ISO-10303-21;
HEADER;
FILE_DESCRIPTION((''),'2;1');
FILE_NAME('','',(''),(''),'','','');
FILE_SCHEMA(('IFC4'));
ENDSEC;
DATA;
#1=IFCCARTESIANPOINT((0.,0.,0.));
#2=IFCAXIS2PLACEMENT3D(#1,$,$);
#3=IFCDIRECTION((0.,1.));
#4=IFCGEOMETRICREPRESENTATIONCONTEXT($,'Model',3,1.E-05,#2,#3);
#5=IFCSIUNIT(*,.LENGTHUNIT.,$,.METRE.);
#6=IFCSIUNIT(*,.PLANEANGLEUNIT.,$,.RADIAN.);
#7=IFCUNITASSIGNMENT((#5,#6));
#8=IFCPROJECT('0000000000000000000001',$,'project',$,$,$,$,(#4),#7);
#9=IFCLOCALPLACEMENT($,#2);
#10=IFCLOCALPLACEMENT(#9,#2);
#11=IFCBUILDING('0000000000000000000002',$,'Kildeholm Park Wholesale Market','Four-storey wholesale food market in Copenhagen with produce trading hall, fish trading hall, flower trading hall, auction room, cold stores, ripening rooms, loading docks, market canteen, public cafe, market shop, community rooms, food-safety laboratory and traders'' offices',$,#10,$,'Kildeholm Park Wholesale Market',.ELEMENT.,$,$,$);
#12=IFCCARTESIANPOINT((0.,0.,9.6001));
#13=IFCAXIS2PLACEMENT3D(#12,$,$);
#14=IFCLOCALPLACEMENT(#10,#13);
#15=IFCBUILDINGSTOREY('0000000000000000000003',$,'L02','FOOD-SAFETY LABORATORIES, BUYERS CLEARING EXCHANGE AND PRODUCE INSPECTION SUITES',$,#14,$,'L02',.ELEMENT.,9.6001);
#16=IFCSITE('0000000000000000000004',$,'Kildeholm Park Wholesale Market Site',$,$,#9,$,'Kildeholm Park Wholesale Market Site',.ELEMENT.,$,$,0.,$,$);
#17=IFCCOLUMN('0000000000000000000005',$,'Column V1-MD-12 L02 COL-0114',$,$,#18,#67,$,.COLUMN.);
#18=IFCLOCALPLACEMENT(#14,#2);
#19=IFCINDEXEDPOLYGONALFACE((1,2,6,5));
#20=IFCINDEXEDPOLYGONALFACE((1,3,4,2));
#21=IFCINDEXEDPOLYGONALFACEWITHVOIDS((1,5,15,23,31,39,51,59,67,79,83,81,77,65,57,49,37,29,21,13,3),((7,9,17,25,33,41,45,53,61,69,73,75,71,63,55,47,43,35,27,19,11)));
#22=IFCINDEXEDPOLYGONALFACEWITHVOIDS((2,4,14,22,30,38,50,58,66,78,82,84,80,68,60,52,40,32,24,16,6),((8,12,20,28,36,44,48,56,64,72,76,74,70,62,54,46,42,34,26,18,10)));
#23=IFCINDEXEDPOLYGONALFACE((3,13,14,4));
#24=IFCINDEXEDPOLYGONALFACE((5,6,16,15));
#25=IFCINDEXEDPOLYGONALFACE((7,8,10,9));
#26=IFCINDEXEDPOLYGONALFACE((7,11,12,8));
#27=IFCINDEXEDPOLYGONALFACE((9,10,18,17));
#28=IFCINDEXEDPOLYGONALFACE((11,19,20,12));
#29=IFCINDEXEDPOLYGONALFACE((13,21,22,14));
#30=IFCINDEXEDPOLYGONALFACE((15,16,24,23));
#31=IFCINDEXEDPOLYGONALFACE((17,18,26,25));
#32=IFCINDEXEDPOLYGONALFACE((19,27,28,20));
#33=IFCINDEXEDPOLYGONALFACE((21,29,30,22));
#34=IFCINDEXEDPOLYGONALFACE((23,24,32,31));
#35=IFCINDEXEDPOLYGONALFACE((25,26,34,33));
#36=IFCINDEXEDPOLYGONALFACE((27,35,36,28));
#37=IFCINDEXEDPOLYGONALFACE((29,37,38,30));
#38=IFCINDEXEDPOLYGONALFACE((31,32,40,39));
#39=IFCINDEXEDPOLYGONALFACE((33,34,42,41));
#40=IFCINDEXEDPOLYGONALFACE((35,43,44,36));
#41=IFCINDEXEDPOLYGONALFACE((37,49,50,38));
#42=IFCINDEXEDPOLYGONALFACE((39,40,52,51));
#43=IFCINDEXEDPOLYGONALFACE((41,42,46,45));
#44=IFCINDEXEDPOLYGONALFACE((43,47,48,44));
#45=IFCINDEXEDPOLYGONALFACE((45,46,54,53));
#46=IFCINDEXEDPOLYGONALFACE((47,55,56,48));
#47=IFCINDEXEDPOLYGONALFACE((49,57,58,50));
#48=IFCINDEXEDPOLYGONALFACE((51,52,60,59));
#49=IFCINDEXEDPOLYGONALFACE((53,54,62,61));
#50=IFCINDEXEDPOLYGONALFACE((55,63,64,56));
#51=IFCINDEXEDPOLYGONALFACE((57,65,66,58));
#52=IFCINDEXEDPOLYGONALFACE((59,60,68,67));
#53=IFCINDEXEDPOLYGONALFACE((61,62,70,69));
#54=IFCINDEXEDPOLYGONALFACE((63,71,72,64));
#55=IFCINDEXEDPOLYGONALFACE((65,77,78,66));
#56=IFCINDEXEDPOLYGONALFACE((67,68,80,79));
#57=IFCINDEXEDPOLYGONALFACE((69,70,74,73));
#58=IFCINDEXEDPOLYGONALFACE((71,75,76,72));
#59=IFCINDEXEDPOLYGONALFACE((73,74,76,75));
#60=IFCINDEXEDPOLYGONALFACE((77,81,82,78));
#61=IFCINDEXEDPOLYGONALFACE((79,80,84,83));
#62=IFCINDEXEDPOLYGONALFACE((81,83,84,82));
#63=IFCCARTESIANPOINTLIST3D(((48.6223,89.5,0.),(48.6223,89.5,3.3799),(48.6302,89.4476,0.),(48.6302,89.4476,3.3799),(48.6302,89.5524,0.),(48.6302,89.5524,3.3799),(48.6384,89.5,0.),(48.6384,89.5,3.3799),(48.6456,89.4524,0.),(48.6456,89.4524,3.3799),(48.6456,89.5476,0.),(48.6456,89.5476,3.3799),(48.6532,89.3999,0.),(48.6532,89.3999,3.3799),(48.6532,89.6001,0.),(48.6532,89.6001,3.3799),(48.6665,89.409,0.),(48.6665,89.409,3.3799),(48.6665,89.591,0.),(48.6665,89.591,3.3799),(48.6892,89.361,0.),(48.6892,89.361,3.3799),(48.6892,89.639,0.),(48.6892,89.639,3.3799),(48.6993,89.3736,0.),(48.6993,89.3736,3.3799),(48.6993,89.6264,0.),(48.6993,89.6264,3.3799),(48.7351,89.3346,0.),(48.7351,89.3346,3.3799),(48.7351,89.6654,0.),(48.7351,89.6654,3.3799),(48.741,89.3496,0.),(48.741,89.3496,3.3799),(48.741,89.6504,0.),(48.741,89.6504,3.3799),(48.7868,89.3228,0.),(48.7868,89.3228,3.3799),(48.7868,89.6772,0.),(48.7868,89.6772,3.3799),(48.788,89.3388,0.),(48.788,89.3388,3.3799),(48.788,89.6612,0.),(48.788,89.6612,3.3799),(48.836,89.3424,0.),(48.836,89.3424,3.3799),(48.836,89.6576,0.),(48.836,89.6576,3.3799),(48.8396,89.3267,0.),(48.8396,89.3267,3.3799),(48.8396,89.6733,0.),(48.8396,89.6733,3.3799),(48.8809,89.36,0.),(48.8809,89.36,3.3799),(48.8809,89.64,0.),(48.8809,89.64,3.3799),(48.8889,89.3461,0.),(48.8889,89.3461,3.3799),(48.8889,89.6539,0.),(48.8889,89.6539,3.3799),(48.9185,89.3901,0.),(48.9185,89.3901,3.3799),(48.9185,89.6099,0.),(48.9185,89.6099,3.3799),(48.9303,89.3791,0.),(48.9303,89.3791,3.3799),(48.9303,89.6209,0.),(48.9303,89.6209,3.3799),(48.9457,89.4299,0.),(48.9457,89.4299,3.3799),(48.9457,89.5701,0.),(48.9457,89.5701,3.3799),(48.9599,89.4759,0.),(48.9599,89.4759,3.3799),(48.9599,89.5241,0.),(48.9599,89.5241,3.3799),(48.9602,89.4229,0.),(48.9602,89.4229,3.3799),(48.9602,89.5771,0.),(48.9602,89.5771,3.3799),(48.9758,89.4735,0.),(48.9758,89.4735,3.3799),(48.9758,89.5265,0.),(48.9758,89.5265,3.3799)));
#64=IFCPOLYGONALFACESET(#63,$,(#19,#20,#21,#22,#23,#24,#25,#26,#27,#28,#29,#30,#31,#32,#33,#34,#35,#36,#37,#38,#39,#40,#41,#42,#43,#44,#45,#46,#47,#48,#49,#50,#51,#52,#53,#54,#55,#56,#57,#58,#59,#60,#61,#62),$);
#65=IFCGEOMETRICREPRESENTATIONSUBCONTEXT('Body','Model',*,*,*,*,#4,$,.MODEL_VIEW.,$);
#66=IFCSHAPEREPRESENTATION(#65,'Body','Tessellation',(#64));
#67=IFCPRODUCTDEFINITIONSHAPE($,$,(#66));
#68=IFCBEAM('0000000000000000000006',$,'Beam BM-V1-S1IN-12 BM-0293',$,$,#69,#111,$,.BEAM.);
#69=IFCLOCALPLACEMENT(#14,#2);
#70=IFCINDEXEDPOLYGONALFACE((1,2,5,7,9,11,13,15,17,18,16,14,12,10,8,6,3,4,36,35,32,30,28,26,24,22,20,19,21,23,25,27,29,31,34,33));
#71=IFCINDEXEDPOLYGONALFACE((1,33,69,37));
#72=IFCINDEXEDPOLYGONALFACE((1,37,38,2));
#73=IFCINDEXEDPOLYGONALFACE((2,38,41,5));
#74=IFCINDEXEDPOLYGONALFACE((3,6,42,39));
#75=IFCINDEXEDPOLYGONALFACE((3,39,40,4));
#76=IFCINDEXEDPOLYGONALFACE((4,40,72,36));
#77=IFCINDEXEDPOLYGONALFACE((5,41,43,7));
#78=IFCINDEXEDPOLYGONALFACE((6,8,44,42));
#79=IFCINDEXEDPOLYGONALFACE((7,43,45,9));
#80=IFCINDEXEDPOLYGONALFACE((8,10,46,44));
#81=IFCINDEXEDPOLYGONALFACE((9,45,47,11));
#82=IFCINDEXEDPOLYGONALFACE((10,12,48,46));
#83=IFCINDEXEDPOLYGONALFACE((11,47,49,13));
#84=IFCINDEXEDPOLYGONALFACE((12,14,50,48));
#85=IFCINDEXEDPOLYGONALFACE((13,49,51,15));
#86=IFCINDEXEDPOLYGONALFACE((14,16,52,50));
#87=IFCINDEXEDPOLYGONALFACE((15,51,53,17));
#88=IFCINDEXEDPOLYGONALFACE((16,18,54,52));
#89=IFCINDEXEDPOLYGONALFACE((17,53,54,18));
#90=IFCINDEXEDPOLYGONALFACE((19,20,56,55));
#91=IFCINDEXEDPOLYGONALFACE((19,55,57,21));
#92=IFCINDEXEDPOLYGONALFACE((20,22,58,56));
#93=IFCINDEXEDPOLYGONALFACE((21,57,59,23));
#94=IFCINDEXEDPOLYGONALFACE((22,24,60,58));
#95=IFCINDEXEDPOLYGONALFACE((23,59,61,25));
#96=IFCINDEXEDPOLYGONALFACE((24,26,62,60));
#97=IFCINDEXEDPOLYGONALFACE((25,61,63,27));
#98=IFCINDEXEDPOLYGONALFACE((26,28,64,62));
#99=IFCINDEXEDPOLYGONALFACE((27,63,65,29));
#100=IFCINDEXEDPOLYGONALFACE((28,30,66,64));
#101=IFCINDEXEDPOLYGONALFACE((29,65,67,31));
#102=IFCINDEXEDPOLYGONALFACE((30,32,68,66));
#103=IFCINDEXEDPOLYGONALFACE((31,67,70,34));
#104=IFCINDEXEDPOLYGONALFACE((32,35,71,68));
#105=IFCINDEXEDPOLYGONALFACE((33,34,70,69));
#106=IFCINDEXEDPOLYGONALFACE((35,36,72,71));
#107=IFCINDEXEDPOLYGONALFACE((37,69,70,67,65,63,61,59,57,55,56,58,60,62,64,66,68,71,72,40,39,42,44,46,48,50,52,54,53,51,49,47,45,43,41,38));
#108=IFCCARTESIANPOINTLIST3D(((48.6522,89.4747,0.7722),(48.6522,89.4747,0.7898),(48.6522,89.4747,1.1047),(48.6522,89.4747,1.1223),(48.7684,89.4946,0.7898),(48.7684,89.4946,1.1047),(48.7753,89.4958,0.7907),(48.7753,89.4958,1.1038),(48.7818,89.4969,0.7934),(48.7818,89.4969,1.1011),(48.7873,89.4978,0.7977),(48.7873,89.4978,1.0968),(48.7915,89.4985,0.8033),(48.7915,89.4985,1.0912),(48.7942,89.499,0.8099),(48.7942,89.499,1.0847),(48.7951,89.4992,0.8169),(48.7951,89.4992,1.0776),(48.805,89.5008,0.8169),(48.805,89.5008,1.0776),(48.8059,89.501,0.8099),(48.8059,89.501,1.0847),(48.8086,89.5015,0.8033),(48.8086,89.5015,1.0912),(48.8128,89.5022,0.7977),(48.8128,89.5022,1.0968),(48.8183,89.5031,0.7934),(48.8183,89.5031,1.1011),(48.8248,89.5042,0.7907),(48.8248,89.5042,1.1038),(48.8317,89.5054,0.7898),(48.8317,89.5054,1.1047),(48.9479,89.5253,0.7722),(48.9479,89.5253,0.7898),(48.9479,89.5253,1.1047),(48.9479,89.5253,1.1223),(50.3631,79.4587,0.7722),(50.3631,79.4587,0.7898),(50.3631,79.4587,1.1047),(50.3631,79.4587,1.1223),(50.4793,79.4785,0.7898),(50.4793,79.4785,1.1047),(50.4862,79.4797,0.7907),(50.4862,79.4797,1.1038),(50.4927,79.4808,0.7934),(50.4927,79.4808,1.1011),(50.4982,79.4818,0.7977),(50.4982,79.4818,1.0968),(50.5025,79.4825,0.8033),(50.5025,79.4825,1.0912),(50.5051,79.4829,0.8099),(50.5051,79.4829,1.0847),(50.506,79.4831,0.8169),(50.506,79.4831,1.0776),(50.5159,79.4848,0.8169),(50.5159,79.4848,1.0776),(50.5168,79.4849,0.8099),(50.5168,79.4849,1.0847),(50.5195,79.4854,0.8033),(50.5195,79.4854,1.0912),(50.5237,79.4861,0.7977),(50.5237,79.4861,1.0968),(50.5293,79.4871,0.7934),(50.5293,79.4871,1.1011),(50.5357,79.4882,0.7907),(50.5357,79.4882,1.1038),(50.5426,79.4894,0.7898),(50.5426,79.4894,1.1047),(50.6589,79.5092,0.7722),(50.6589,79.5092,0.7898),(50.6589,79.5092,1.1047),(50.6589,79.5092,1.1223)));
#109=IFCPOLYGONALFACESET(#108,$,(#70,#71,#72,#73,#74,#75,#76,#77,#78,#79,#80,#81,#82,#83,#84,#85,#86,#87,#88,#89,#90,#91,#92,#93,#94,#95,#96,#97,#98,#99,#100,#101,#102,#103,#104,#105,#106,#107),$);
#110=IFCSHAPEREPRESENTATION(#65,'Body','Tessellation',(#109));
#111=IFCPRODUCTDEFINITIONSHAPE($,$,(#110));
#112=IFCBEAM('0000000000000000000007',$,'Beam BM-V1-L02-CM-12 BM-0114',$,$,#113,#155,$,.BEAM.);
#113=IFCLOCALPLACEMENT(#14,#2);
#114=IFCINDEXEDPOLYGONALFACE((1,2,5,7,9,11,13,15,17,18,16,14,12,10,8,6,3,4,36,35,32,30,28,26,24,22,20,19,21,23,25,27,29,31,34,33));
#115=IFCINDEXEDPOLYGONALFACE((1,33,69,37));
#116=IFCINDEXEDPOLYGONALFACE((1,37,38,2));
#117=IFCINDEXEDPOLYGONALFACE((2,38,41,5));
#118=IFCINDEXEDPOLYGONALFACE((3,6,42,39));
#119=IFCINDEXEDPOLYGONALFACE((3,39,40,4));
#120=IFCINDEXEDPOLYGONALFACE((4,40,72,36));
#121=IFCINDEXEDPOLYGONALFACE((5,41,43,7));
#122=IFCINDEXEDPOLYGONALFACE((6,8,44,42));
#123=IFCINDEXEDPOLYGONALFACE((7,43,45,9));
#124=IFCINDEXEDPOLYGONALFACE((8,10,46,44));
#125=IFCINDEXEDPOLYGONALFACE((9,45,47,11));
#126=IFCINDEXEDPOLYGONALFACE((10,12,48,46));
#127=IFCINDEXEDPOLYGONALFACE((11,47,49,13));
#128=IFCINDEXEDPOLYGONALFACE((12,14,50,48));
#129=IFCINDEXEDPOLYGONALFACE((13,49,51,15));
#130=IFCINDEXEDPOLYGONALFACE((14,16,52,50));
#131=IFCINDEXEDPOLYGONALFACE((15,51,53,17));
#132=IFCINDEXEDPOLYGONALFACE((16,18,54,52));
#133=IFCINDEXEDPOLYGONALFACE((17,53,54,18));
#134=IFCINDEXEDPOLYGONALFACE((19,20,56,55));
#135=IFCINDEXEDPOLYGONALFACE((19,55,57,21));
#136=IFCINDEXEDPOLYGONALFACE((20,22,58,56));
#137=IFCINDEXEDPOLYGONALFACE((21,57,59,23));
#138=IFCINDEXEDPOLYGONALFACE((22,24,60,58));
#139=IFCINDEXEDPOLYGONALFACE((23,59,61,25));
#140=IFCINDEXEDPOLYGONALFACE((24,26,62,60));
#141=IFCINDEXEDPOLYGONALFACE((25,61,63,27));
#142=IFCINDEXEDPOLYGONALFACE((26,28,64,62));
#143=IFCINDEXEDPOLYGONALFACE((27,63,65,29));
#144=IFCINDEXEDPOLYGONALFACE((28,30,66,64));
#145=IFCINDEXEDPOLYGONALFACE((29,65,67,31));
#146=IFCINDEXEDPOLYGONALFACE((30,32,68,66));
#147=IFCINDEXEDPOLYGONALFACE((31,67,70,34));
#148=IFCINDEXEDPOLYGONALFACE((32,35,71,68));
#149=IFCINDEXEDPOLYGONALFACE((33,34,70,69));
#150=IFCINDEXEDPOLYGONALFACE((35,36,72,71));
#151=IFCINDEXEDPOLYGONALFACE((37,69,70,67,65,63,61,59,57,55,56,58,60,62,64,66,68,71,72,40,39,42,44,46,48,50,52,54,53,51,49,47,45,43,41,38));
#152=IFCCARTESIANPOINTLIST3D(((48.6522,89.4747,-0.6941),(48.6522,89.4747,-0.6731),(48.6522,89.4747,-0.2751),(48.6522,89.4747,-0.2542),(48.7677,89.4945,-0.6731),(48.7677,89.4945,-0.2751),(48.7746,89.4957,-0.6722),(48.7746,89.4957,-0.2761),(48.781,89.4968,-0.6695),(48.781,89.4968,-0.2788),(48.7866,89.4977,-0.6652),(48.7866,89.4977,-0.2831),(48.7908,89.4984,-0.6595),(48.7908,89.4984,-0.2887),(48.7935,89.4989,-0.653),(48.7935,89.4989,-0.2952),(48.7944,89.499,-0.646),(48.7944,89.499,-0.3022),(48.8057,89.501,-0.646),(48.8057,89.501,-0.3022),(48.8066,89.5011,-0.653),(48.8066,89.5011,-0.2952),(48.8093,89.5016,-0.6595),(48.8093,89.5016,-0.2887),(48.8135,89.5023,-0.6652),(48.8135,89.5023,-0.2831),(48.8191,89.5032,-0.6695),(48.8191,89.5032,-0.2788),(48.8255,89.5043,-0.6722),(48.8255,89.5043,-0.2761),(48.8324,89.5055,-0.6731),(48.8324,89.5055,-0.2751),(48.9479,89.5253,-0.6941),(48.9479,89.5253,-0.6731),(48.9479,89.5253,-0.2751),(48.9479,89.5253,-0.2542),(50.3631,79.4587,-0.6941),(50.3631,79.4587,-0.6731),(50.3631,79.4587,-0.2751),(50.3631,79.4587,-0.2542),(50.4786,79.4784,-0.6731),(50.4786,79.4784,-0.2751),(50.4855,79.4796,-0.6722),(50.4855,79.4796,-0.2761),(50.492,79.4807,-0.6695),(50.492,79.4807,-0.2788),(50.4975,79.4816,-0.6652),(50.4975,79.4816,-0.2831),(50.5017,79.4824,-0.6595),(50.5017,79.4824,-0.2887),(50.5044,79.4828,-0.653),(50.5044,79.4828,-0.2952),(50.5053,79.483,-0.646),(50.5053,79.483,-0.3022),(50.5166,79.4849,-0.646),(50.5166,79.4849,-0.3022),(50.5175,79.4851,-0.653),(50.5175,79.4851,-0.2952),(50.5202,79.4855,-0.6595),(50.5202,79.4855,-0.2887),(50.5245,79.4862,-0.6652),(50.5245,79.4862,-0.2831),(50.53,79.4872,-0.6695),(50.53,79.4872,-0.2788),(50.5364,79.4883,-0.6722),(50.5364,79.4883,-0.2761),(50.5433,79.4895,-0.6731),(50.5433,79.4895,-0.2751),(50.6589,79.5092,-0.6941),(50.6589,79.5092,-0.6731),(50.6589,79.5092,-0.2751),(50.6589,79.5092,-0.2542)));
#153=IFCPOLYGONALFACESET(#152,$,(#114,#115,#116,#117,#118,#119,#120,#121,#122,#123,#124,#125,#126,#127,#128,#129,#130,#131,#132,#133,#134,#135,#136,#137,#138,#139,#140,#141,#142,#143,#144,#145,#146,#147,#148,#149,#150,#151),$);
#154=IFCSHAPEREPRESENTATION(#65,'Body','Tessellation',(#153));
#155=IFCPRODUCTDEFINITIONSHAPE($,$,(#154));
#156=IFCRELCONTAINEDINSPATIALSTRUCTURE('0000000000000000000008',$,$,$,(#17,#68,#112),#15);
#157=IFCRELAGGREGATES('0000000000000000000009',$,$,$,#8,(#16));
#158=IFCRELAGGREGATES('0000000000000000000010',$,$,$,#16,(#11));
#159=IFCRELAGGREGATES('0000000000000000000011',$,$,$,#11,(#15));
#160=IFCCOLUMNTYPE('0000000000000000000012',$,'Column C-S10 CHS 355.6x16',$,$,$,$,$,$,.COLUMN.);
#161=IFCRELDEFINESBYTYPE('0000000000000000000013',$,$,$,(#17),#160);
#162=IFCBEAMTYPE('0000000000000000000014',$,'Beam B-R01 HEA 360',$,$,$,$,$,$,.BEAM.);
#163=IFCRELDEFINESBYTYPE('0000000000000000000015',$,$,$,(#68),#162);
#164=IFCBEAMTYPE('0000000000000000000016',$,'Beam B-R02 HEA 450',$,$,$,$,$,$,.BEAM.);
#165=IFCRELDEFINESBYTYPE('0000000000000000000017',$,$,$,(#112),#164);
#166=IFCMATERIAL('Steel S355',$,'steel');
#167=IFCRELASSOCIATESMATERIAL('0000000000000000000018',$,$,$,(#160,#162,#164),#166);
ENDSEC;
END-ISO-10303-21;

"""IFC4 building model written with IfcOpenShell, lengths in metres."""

from ifc_helpers import new_model, si_unit, direction, frame, origin, origin_2d, place, context, subcontext, project, spatial, hollow_circle, i_section, extrude, material, material_profile, profile_set, type_object, element, save


model = new_model("IFC4")

# Units and contexts
model_context = context("Model", 3, precision=1e-05, world=origin(), true_north=direction((0.0, 1.0)))
body_context = subcontext(model_context, "Body", "Model", "MODEL_VIEW")
ifc_project = project(units=[si_unit("LENGTHUNIT", "METRE"), si_unit("PLANEANGLEUNIT", "RADIAN")], contexts=[model_context])

# Site, building, storey
site_placement = place(None, origin())
site = spatial("IfcSite", under=ifc_project, at=site_placement, Name="Kildeholm Park Wholesale Market Site", LongName="Kildeholm Park Wholesale Market Site", CompositionType="ELEMENT", RefElevation=0.0)
building_placement = place(site_placement, origin())
building = spatial("IfcBuilding", under=site, at=building_placement, Name="Kildeholm Park Wholesale Market", Description="Four-storey wholesale food market in Copenhagen with produce trading hall, fish trading hall, flower trading hall, auction room, cold stores, ripening rooms, loading docks, market canteen, public cafe, market shop, community rooms, food-safety laboratory and traders' offices", LongName="Kildeholm Park Wholesale Market", CompositionType="ELEMENT")
storey_placement = place(building_placement, frame((0.0, 0.0, 9.6001)))
storey = spatial("IfcBuildingStorey", under=building, at=storey_placement, Name="L02", Description="FOOD-SAFETY LABORATORIES, BUYERS CLEARING EXCHANGE AND PRODUCE INSPECTION SUITES", LongName="L02", CompositionType="ELEMENT", Elevation=9.6001)

# Column
ifc_material_1 = material(Name="Steel S355", Category="steel")
ifc_material_profile_1 = material_profile(ifc_material_1, hollow_circle(Radius=0.1777, WallThickness=0.0161, at=origin_2d()), Name="CHS 355.6x16")
ifc_profile_set_1 = profile_set([ifc_material_profile_1], Name="Steel S355")
column_type = type_object("IfcColumnType", Name="Column C-S10 CHS 355.6x16", PredefinedType="COLUMN", material=ifc_profile_set_1)
column_placement = place(storey_placement, frame((48.8, 89.5, 0.0), z_axis=(0.0, 0.0, 1.0), x_axis=(-1.0, 0.0, 0.0)))
element("IfcColumn", 1, at=column_placement, inside=storey, type_object=column_type, Name="Column V1-MD-12 L02 COL-0114", PredefinedType="COLUMN", context=body_context, shape_type="SweptSolid", body=[
    extrude(hollow_circle(Radius=0.1777, WallThickness=0.0161, at=origin_2d()), origin(), (0.0, 0.0, 1.0), 3.3799),
])

# Beams
ifc_material_profile_2 = material_profile(ifc_material_1, i_section(OverallWidth=0.3, OverallDepth=0.3501, WebThickness=0.01, FlangeThickness=0.0176, FilletRadius=0.0271, at=origin_2d()), Name="HEA 360")
ifc_profile_set_2 = profile_set([ifc_material_profile_2], Name="Steel S355")
beam_type_1 = type_object("IfcBeamType", Name="Beam B-R01 HEA 360", PredefinedType="BEAM", material=ifc_profile_set_2)
beam_1_placement = place(storey_placement, frame((48.8, 89.5, 0.9473), z_axis=(0.16838, -0.985722, 0.0), x_axis=(0.985722, 0.16838, 0.0)))
element("IfcBeam", 2, at=beam_1_placement, inside=storey, type_object=beam_type_1, Name="Beam BM-V1-S1IN-12 BM-0293", PredefinedType="BEAM", context=body_context, shape_type="SweptSolid", body=[
    extrude(i_section(OverallWidth=0.3, OverallDepth=0.3501, WebThickness=0.01, FlangeThickness=0.0176, FilletRadius=0.0271, at=origin_2d()), origin(), (0.0, 0.0, 1.0), 10.1611),
])
ifc_material_profile_3 = material_profile(ifc_material_1, i_section(OverallWidth=0.3, OverallDepth=0.4399, WebThickness=0.0115, FlangeThickness=0.021, FilletRadius=0.0271, at=origin_2d()), Name="HEA 450")
ifc_profile_set_3 = profile_set([ifc_material_profile_3], Name="Steel S355")
beam_type_2 = type_object("IfcBeamType", Name="Beam B-R02 HEA 450", PredefinedType="BEAM", material=ifc_profile_set_3)
beam_2_placement = place(storey_placement, frame((48.8, 89.5, -0.4741), z_axis=(0.16838, -0.985722, 0.0), x_axis=(0.985722, 0.16838, 0.0)))
element("IfcBeam", 3, at=beam_2_placement, inside=storey, type_object=beam_type_2, Name="Beam BM-V1-L02-CM-12 BM-0114", PredefinedType="BEAM", context=body_context, shape_type="SweptSolid", body=[
    extrude(i_section(OverallWidth=0.3, OverallDepth=0.4399, WebThickness=0.0115, FlangeThickness=0.021, FilletRadius=0.0271, at=origin_2d()), origin(), (0.0, 0.0, 1.0), 10.1611),
])

save(model, "model.ifc")
